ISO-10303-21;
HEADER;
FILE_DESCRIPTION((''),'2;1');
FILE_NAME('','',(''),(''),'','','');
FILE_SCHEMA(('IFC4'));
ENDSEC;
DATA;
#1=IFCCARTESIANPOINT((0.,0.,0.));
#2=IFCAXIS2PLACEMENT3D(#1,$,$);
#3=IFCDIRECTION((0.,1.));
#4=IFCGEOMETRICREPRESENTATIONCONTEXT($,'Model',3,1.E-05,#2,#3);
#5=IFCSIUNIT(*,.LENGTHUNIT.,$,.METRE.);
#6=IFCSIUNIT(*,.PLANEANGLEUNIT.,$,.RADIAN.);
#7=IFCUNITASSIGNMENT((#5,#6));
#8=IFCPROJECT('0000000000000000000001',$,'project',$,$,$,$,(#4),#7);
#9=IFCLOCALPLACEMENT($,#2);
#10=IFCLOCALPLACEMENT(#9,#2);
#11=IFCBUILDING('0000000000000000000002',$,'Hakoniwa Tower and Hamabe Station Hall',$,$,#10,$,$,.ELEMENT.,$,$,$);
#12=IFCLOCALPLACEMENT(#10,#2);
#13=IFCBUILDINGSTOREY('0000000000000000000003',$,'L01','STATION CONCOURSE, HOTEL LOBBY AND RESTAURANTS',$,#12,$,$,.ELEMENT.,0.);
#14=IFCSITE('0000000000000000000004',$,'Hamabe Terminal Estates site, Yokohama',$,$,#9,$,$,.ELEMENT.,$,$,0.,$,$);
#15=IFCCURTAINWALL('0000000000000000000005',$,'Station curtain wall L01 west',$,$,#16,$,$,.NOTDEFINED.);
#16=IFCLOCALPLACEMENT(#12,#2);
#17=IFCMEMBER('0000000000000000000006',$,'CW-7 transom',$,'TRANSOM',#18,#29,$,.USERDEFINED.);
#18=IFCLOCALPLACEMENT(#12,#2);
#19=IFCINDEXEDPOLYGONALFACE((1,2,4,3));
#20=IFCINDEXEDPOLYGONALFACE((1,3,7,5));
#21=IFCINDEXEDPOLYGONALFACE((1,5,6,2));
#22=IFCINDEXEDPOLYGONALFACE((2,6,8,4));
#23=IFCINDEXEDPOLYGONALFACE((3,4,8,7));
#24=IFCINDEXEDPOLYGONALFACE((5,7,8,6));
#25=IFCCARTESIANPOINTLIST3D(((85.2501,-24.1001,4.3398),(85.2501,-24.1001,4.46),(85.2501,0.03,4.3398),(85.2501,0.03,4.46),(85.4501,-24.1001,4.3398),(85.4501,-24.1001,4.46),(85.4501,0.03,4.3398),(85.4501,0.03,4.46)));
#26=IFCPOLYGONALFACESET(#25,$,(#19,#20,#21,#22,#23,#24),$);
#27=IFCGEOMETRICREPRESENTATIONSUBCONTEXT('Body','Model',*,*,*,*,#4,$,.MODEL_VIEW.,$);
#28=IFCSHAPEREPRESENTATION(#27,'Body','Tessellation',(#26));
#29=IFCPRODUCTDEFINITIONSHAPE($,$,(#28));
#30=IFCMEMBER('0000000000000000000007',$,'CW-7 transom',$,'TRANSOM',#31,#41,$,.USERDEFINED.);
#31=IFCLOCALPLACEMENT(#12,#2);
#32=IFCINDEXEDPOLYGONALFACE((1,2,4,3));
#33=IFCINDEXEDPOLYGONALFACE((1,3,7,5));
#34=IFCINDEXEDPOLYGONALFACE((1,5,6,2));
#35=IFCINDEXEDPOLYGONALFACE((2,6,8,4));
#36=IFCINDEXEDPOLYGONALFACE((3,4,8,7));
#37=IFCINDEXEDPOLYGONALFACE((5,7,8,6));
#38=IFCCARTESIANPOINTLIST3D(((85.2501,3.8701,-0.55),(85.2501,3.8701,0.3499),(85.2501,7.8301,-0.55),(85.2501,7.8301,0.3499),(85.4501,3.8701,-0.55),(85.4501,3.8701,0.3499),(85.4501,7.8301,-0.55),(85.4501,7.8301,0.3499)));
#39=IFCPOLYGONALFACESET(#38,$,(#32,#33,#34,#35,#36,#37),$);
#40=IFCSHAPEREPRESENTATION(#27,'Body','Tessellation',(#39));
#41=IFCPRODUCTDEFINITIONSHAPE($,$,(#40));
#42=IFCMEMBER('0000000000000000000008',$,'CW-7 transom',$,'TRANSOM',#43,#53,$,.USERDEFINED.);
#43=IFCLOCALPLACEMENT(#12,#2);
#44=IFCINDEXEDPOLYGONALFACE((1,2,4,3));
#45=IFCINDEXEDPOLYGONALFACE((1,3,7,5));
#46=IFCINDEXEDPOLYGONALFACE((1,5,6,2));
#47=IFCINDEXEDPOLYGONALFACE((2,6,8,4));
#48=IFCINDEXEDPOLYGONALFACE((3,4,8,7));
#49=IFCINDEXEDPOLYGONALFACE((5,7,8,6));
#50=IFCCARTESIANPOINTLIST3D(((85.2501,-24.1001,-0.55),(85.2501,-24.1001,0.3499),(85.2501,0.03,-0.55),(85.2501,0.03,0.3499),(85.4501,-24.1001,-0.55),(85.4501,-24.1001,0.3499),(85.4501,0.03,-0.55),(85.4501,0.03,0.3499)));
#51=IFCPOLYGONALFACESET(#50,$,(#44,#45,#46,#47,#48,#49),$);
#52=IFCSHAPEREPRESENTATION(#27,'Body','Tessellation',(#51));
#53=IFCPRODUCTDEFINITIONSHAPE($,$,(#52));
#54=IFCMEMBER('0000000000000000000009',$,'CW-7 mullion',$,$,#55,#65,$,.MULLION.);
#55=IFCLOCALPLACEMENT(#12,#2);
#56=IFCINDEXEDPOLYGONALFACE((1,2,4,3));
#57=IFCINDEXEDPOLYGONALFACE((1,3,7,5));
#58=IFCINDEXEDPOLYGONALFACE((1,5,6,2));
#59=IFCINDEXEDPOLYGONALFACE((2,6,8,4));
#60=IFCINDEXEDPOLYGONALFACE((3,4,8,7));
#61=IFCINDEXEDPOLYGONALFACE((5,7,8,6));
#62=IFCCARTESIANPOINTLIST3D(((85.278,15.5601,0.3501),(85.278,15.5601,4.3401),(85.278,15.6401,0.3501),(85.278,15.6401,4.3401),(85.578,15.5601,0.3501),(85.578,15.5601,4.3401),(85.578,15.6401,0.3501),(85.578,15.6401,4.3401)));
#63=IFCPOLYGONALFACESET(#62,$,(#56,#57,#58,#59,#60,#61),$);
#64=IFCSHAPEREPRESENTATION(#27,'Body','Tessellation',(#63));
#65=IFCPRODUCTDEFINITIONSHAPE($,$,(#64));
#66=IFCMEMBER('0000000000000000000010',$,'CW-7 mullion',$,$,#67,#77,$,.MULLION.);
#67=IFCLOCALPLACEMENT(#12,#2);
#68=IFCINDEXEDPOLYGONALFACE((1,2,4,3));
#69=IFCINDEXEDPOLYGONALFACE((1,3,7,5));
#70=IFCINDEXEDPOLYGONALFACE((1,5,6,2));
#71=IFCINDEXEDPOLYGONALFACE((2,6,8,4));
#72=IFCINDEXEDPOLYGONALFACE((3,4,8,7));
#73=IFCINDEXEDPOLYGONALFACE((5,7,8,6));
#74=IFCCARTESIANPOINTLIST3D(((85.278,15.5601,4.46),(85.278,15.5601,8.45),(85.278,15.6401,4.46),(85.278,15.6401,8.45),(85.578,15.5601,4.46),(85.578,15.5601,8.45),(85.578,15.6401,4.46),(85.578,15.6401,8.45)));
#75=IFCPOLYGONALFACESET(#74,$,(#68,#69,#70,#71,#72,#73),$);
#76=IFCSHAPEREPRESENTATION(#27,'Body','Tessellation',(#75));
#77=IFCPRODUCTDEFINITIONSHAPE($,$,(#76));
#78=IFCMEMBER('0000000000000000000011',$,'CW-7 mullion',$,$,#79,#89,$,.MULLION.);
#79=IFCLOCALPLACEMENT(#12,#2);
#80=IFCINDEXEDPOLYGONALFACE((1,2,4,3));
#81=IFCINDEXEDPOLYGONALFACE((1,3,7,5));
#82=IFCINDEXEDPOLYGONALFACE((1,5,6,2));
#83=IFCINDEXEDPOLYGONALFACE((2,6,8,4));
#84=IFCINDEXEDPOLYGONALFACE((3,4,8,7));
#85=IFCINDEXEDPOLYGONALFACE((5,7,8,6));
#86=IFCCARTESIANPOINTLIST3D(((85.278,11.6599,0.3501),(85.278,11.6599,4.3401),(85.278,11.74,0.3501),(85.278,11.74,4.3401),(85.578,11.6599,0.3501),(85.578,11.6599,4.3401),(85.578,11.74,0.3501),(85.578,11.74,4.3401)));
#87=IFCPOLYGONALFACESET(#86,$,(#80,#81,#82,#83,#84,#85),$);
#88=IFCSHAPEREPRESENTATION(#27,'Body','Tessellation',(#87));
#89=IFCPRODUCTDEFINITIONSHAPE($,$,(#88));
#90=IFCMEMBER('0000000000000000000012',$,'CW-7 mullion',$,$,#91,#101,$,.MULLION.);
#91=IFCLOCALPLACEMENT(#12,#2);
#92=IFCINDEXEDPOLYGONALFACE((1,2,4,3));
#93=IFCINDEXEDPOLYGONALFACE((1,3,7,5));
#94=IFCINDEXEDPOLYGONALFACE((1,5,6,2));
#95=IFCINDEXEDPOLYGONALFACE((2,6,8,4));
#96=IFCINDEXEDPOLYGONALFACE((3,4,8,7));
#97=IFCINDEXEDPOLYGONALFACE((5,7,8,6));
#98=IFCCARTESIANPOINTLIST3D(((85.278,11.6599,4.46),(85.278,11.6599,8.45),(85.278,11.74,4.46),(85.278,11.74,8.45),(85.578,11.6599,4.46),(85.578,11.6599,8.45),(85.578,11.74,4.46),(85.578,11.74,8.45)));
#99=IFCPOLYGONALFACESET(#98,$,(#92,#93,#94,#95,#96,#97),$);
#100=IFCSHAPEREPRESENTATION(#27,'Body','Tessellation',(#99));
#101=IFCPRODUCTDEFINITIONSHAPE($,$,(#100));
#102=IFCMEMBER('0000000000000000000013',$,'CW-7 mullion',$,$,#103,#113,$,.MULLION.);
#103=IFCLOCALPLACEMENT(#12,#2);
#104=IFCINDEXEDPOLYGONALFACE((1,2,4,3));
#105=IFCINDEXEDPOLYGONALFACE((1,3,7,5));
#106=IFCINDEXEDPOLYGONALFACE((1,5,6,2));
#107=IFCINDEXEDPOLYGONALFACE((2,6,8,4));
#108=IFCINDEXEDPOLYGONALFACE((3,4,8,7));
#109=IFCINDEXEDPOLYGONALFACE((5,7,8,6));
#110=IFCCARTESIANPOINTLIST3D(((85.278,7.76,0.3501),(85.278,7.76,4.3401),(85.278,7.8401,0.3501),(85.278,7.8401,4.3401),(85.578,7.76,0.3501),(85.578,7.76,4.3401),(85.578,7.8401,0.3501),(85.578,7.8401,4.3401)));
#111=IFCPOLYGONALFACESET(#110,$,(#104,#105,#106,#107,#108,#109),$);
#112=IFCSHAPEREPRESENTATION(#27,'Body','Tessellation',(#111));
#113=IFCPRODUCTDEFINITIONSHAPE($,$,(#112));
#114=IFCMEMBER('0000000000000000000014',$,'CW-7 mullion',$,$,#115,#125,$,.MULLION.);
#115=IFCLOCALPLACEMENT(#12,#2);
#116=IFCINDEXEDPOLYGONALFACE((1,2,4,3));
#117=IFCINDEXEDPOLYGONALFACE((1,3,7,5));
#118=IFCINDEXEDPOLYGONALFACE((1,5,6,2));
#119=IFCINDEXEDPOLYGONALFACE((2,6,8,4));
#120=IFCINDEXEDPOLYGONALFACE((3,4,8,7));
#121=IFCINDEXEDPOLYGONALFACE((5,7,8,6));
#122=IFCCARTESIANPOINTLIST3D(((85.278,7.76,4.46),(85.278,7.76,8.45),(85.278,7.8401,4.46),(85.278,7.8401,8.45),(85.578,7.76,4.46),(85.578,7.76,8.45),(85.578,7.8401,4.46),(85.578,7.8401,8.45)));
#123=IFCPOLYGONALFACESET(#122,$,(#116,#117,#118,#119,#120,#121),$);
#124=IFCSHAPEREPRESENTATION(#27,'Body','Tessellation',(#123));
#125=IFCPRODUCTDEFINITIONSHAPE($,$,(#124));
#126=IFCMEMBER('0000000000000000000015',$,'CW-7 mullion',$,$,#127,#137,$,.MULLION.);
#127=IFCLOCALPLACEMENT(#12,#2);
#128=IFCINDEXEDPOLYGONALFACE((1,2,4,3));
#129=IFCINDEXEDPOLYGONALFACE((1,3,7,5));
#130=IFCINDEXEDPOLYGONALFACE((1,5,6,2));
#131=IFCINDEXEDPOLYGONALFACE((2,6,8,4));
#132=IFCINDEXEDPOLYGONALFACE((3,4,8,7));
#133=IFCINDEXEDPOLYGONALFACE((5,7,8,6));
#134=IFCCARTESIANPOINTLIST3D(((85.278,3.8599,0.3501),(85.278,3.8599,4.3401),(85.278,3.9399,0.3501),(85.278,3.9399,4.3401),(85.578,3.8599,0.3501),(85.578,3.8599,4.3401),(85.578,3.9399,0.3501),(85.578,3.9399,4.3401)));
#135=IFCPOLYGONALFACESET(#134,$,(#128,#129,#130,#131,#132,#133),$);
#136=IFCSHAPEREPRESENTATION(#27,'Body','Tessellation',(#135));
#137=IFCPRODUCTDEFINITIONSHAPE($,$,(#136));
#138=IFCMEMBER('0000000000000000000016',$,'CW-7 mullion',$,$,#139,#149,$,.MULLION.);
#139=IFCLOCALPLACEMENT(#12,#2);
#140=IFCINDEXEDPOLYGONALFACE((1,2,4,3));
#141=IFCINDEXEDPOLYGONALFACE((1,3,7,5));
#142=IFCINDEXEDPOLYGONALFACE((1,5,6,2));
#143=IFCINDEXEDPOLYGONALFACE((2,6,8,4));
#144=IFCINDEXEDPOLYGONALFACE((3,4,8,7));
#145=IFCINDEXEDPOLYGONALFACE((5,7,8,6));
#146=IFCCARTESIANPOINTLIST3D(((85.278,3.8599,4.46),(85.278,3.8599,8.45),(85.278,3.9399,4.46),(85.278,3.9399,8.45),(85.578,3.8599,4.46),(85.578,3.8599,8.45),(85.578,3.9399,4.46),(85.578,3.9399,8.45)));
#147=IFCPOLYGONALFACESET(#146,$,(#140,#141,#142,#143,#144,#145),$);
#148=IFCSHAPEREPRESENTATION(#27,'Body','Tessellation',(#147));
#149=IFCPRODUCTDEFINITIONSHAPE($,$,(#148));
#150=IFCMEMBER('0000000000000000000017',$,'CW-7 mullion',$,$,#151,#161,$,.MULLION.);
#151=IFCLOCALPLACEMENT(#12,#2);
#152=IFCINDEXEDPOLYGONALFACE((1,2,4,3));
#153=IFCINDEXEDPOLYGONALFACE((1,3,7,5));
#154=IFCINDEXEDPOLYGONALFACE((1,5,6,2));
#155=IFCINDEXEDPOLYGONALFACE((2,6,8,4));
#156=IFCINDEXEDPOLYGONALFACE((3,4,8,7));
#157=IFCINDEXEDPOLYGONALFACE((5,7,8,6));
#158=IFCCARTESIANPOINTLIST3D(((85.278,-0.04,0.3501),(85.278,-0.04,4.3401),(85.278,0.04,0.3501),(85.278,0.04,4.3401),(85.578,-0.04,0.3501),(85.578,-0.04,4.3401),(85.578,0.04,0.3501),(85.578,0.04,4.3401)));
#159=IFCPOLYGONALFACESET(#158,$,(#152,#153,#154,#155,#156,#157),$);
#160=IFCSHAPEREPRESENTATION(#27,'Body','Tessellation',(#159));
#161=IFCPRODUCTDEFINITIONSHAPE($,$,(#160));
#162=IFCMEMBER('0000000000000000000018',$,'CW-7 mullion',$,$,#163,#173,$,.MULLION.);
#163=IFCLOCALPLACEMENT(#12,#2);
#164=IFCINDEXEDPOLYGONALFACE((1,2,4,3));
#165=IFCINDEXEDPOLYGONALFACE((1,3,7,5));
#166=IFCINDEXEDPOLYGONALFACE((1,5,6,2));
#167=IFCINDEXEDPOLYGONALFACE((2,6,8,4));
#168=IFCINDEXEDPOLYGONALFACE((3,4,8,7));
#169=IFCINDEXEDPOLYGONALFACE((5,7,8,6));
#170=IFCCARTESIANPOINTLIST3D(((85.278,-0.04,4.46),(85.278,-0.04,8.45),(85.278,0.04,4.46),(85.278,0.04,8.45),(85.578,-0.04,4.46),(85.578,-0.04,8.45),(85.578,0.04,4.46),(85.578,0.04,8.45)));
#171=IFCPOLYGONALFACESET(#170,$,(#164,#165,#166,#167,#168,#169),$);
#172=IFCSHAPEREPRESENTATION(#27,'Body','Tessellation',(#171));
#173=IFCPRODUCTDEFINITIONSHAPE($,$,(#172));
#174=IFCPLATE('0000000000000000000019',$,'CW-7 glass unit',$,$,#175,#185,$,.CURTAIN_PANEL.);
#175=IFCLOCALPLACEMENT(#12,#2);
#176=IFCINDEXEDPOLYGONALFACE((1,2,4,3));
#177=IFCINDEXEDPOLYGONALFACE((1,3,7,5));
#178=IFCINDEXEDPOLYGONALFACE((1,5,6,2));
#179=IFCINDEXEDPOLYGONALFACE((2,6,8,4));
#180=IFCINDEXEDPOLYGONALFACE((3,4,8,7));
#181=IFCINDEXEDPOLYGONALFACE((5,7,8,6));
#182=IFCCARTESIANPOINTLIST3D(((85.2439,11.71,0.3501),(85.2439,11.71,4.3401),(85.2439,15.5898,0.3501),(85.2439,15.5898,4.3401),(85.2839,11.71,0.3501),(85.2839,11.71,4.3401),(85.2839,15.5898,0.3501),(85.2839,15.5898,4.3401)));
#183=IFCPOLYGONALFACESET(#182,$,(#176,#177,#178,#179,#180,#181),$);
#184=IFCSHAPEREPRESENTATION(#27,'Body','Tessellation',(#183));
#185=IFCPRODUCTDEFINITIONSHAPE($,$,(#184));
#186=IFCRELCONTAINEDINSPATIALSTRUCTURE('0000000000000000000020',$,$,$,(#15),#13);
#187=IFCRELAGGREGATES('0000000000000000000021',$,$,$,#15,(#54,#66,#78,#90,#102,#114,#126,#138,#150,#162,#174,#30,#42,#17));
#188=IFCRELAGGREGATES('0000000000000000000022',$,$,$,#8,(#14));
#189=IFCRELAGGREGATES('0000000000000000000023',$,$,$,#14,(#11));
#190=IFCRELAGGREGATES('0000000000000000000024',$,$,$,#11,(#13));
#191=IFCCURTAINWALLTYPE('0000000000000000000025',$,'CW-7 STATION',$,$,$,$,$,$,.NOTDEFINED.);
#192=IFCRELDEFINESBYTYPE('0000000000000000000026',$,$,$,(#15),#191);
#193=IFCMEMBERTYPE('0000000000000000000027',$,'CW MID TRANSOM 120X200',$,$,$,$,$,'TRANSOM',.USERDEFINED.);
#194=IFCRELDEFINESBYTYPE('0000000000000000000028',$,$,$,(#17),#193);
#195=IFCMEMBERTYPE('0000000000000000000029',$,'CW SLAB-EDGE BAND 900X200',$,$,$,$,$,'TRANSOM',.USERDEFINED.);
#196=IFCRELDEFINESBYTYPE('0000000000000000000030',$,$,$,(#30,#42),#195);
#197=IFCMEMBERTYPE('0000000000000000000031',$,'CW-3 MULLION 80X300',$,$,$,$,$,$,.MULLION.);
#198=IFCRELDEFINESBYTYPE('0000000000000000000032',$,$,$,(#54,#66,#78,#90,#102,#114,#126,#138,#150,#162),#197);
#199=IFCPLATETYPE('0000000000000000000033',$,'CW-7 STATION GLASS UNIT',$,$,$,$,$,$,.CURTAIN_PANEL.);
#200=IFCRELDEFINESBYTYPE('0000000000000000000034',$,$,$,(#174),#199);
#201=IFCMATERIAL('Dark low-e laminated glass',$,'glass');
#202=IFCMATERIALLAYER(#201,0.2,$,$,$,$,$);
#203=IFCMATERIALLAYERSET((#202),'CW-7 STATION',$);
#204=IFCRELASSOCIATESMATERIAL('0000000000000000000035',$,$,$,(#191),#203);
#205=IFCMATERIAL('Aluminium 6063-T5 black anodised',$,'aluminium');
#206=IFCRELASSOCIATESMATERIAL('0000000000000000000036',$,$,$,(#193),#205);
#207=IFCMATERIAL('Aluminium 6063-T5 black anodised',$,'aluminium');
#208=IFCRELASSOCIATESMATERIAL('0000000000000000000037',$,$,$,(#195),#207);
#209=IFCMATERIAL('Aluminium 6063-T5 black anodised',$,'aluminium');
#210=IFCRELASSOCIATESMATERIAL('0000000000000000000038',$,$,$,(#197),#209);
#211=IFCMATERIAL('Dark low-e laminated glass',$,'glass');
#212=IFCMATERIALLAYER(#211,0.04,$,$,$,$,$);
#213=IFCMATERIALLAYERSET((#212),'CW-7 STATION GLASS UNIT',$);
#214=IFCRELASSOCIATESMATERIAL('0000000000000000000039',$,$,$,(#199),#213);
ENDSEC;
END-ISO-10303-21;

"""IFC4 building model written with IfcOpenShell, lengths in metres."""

from ifc_helpers import new_model, si_unit, direction, frame, origin, origin_2d, place, context, subcontext, project, spatial, rectangle, extrude, material, layer, layer_set, material_profile, profile_set, type_object, element, aggregate, save


model = new_model("IFC4")

# Units and contexts
model_context = context("Model", 3, precision=1e-05, world=origin(), true_north=direction((0.0, 1.0)))
body_context = subcontext(model_context, "Body", "Model", "MODEL_VIEW")
ifc_project = project(units=[si_unit("LENGTHUNIT", "METRE"), si_unit("PLANEANGLEUNIT", "RADIAN")], contexts=[model_context])

# Site, building, storey
site_placement = place(None, origin())
site = spatial("IfcSite", under=ifc_project, at=site_placement, Name="Hamabe Terminal Estates site, Yokohama", CompositionType="ELEMENT", RefElevation=0.0)
building_placement = place(site_placement, origin())
building = spatial("IfcBuilding", under=site, at=building_placement, Name="Hakoniwa Tower and Hamabe Station Hall", CompositionType="ELEMENT")
storey_placement = place(building_placement, origin())
storey = spatial("IfcBuildingStorey", under=building, at=storey_placement, Name="L01", Description="STATION CONCOURSE, HOTEL LOBBY AND RESTAURANTS", CompositionType="ELEMENT", Elevation=0.0)

# Curtain wall, members, plate
ifc_material_1 = material(Name="Dark low-e laminated glass", Category="glass")
ifc_layer_1 = layer(ifc_material_1, 0.2)
ifc_layer_set_1 = layer_set([ifc_layer_1], Name="CW-7 STATION")
curtain_wall_type = type_object("IfcCurtainWallType", Name="CW-7 STATION", PredefinedType="NOTDEFINED", material=ifc_layer_set_1)
curtain_wall_placement = place(storey_placement, origin())
curtain_wall = element("IfcCurtainWall", 1, at=curtain_wall_placement, inside=storey, type_object=curtain_wall_type, Name="Station curtain wall L01 west", PredefinedType="NOTDEFINED")
ifc_material_2 = material(Name="Aluminium 6063-T5 black anodised", Category="aluminium")
ifc_material_profile_1 = material_profile(ifc_material_2, rectangle(XDim=0.2, YDim=0.1201, at=origin_2d()), Name="CW MID TRANSOM 120X200")
ifc_profile_set_1 = profile_set([ifc_material_profile_1], Name="Aluminium 6063-T5 black anodised")
member_type_1 = type_object("IfcMemberType", Name="CW MID TRANSOM 120X200", ElementType="TRANSOM", PredefinedType="USERDEFINED", material=ifc_profile_set_1)
member_1_placement = place(storey_placement, frame((85.3501, 0.03, 4.3999), z_axis=(0.0, -1.0, 0.0), x_axis=(1.0, 0.0, 0.0)))
member_1 = element("IfcMember", 2, at=member_1_placement, type_object=member_type_1, Name="CW-7 transom", ObjectType="TRANSOM", PredefinedType="USERDEFINED", context=body_context, shape_type="SweptSolid", body=[
    extrude(rectangle(XDim=0.2, YDim=0.1201, at=origin_2d()), origin(), (0.0, 0.0, 1.0), 24.1301),
])
ifc_material_3 = material(Name="Aluminium 6063-T5 black anodised", Category="aluminium")
ifc_material_profile_2 = material_profile(ifc_material_3, rectangle(XDim=0.2, YDim=0.8999, at=origin_2d()), Name="CW SLAB-EDGE BAND 900X200")
ifc_profile_set_2 = profile_set([ifc_material_profile_2], Name="Aluminium 6063-T5 black anodised")
member_type_2 = type_object("IfcMemberType", Name="CW SLAB-EDGE BAND 900X200", ElementType="TRANSOM", PredefinedType="USERDEFINED", material=ifc_profile_set_2)
member_2_placement = place(storey_placement, frame((85.3501, 7.8301, -0.1001), z_axis=(0.0, -1.0, 0.0), x_axis=(1.0, 0.0, 0.0)))
member_2 = element("IfcMember", 3, at=member_2_placement, type_object=member_type_2, Name="CW-7 transom", ObjectType="TRANSOM", PredefinedType="USERDEFINED", context=body_context, shape_type="SweptSolid", body=[
    extrude(rectangle(XDim=0.2, YDim=0.8999, at=origin_2d()), origin(), (0.0, 0.0, 1.0), 3.96),
])
member_3_placement = place(storey_placement, frame((85.3501, 0.03, -0.1001), z_axis=(0.0, -1.0, 0.0), x_axis=(1.0, 0.0, 0.0)))
member_3 = element("IfcMember", 4, at=member_3_placement, type_object=member_type_2, Name="CW-7 transom", ObjectType="TRANSOM", PredefinedType="USERDEFINED", context=body_context, shape_type="SweptSolid", body=[
    extrude(rectangle(XDim=0.2, YDim=0.8999, at=origin_2d()), origin(), (0.0, 0.0, 1.0), 24.1301),
])
ifc_material_4 = material(Name="Aluminium 6063-T5 black anodised", Category="aluminium")
ifc_material_profile_3 = material_profile(ifc_material_4, rectangle(XDim=0.0801, YDim=0.3, at=origin_2d()), Name="CW-3 MULLION 80X300")
ifc_profile_set_3 = profile_set([ifc_material_profile_3], Name="Aluminium 6063-T5 black anodised")
member_type_3 = type_object("IfcMemberType", Name="CW-3 MULLION 80X300", PredefinedType="MULLION", material=ifc_profile_set_3)
member_4_placement = place(storey_placement, frame((85.428, 15.6001, 0.3501), z_axis=(0.0, 0.0, 1.0), x_axis=(0.0, -1.0, 0.0)))
member_4 = element("IfcMember", 5, at=member_4_placement, type_object=member_type_3, Name="CW-7 mullion", PredefinedType="MULLION", context=body_context, shape_type="SweptSolid", body=[
    extrude(rectangle(XDim=0.0801, YDim=0.3, at=origin_2d()), origin(), (0.0, 0.0, 1.0), 3.99),
])
member_5_placement = place(storey_placement, frame((85.428, 15.6001, 4.46), z_axis=(0.0, 0.0, 1.0), x_axis=(0.0, -1.0, 0.0)))
member_5 = element("IfcMember", 6, at=member_5_placement, type_object=member_type_3, Name="CW-7 mullion", PredefinedType="MULLION", context=body_context, shape_type="SweptSolid", body=[
    extrude(rectangle(XDim=0.0801, YDim=0.3, at=origin_2d()), origin(), (0.0, 0.0, 1.0), 3.99),
])
member_6_placement = place(storey_placement, frame((85.428, 11.7, 0.3501), z_axis=(0.0, 0.0, 1.0), x_axis=(0.0, -1.0, 0.0)))
member_6 = element("IfcMember", 7, at=member_6_placement, type_object=member_type_3, Name="CW-7 mullion", PredefinedType="MULLION", context=body_context, shape_type="SweptSolid", body=[
    extrude(rectangle(XDim=0.0801, YDim=0.3, at=origin_2d()), origin(), (0.0, 0.0, 1.0), 3.99),
])
member_7_placement = place(storey_placement, frame((85.428, 11.7, 4.46), z_axis=(0.0, 0.0, 1.0), x_axis=(0.0, -1.0, 0.0)))
member_7 = element("IfcMember", 8, at=member_7_placement, type_object=member_type_3, Name="CW-7 mullion", PredefinedType="MULLION", context=body_context, shape_type="SweptSolid", body=[
    extrude(rectangle(XDim=0.0801, YDim=0.3, at=origin_2d()), origin(), (0.0, 0.0, 1.0), 3.99),
])
member_8_placement = place(storey_placement, frame((85.428, 7.8, 0.3501), z_axis=(0.0, 0.0, 1.0), x_axis=(0.0, -1.0, 0.0)))
member_8 = element("IfcMember", 9, at=member_8_placement, type_object=member_type_3, Name="CW-7 mullion", PredefinedType="MULLION", context=body_context, shape_type="SweptSolid", body=[
    extrude(rectangle(XDim=0.0801, YDim=0.3, at=origin_2d()), origin(), (0.0, 0.0, 1.0), 3.99),
])
member_9_placement = place(storey_placement, frame((85.428, 7.8, 4.46), z_axis=(0.0, 0.0, 1.0), x_axis=(0.0, -1.0, 0.0)))
member_9 = element("IfcMember", 10, at=member_9_placement, type_object=member_type_3, Name="CW-7 mullion", PredefinedType="MULLION", context=body_context, shape_type="SweptSolid", body=[
    extrude(rectangle(XDim=0.0801, YDim=0.3, at=origin_2d()), origin(), (0.0, 0.0, 1.0), 3.99),
])
member_10_placement = place(storey_placement, frame((85.428, 3.8999, 0.3501), z_axis=(0.0, 0.0, 1.0), x_axis=(0.0, -1.0, 0.0)))
member_10 = element("IfcMember", 11, at=member_10_placement, type_object=member_type_3, Name="CW-7 mullion", PredefinedType="MULLION", context=body_context, shape_type="SweptSolid", body=[
    extrude(rectangle(XDim=0.0801, YDim=0.3, at=origin_2d()), origin(), (0.0, 0.0, 1.0), 3.99),
])
member_11_placement = place(storey_placement, frame((85.428, 3.8999, 4.46), z_axis=(0.0, 0.0, 1.0), x_axis=(0.0, -1.0, 0.0)))
member_11 = element("IfcMember", 12, at=member_11_placement, type_object=member_type_3, Name="CW-7 mullion", PredefinedType="MULLION", context=body_context, shape_type="SweptSolid", body=[
    extrude(rectangle(XDim=0.0801, YDim=0.3, at=origin_2d()), origin(), (0.0, 0.0, 1.0), 3.99),
])
member_12_placement = place(storey_placement, frame((85.428, 0.0, 0.3501), z_axis=(0.0, 0.0, 1.0), x_axis=(0.0, -1.0, 0.0)))
member_12 = element("IfcMember", 13, at=member_12_placement, type_object=member_type_3, Name="CW-7 mullion", PredefinedType="MULLION", context=body_context, shape_type="SweptSolid", body=[
    extrude(rectangle(XDim=0.0801, YDim=0.3, at=origin_2d()), origin(), (0.0, 0.0, 1.0), 3.99),
])
member_13_placement = place(storey_placement, frame((85.428, 0.0, 4.46), z_axis=(0.0, 0.0, 1.0), x_axis=(0.0, -1.0, 0.0)))
member_13 = element("IfcMember", 14, at=member_13_placement, type_object=member_type_3, Name="CW-7 mullion", PredefinedType="MULLION", context=body_context, shape_type="SweptSolid", body=[
    extrude(rectangle(XDim=0.0801, YDim=0.3, at=origin_2d()), origin(), (0.0, 0.0, 1.0), 3.99),
])
ifc_material_5 = material(Name="Dark low-e laminated glass", Category="glass")
ifc_layer_2 = layer(ifc_material_5, 0.04)
ifc_layer_set_2 = layer_set([ifc_layer_2], Name="CW-7 STATION GLASS UNIT")
plate_type = type_object("IfcPlateType", Name="CW-7 STATION GLASS UNIT", PredefinedType="CURTAIN_PANEL", material=ifc_layer_set_2)
plate_1_placement = place(storey_placement, frame((85.2639, 13.6499, 0.3501), z_axis=(0.0, 0.0, 1.0), x_axis=(0.0, -1.0, 0.0)))
plate_1 = element("IfcPlate", 15, at=plate_1_placement, type_object=plate_type, Name="CW-7 glass unit", PredefinedType="CURTAIN_PANEL", context=body_context, shape_type="SweptSolid", body=[
    extrude(rectangle(XDim=3.8799, YDim=0.04, at=origin_2d()), origin(), (0.0, 0.0, 1.0), 3.99),
])
aggregate(curtain_wall, [member_4, member_5, member_6, member_7, member_8, member_9, member_10, member_11, member_12, member_13, plate_1, member_2, member_3, member_1])

save(model, "model.ifc")
